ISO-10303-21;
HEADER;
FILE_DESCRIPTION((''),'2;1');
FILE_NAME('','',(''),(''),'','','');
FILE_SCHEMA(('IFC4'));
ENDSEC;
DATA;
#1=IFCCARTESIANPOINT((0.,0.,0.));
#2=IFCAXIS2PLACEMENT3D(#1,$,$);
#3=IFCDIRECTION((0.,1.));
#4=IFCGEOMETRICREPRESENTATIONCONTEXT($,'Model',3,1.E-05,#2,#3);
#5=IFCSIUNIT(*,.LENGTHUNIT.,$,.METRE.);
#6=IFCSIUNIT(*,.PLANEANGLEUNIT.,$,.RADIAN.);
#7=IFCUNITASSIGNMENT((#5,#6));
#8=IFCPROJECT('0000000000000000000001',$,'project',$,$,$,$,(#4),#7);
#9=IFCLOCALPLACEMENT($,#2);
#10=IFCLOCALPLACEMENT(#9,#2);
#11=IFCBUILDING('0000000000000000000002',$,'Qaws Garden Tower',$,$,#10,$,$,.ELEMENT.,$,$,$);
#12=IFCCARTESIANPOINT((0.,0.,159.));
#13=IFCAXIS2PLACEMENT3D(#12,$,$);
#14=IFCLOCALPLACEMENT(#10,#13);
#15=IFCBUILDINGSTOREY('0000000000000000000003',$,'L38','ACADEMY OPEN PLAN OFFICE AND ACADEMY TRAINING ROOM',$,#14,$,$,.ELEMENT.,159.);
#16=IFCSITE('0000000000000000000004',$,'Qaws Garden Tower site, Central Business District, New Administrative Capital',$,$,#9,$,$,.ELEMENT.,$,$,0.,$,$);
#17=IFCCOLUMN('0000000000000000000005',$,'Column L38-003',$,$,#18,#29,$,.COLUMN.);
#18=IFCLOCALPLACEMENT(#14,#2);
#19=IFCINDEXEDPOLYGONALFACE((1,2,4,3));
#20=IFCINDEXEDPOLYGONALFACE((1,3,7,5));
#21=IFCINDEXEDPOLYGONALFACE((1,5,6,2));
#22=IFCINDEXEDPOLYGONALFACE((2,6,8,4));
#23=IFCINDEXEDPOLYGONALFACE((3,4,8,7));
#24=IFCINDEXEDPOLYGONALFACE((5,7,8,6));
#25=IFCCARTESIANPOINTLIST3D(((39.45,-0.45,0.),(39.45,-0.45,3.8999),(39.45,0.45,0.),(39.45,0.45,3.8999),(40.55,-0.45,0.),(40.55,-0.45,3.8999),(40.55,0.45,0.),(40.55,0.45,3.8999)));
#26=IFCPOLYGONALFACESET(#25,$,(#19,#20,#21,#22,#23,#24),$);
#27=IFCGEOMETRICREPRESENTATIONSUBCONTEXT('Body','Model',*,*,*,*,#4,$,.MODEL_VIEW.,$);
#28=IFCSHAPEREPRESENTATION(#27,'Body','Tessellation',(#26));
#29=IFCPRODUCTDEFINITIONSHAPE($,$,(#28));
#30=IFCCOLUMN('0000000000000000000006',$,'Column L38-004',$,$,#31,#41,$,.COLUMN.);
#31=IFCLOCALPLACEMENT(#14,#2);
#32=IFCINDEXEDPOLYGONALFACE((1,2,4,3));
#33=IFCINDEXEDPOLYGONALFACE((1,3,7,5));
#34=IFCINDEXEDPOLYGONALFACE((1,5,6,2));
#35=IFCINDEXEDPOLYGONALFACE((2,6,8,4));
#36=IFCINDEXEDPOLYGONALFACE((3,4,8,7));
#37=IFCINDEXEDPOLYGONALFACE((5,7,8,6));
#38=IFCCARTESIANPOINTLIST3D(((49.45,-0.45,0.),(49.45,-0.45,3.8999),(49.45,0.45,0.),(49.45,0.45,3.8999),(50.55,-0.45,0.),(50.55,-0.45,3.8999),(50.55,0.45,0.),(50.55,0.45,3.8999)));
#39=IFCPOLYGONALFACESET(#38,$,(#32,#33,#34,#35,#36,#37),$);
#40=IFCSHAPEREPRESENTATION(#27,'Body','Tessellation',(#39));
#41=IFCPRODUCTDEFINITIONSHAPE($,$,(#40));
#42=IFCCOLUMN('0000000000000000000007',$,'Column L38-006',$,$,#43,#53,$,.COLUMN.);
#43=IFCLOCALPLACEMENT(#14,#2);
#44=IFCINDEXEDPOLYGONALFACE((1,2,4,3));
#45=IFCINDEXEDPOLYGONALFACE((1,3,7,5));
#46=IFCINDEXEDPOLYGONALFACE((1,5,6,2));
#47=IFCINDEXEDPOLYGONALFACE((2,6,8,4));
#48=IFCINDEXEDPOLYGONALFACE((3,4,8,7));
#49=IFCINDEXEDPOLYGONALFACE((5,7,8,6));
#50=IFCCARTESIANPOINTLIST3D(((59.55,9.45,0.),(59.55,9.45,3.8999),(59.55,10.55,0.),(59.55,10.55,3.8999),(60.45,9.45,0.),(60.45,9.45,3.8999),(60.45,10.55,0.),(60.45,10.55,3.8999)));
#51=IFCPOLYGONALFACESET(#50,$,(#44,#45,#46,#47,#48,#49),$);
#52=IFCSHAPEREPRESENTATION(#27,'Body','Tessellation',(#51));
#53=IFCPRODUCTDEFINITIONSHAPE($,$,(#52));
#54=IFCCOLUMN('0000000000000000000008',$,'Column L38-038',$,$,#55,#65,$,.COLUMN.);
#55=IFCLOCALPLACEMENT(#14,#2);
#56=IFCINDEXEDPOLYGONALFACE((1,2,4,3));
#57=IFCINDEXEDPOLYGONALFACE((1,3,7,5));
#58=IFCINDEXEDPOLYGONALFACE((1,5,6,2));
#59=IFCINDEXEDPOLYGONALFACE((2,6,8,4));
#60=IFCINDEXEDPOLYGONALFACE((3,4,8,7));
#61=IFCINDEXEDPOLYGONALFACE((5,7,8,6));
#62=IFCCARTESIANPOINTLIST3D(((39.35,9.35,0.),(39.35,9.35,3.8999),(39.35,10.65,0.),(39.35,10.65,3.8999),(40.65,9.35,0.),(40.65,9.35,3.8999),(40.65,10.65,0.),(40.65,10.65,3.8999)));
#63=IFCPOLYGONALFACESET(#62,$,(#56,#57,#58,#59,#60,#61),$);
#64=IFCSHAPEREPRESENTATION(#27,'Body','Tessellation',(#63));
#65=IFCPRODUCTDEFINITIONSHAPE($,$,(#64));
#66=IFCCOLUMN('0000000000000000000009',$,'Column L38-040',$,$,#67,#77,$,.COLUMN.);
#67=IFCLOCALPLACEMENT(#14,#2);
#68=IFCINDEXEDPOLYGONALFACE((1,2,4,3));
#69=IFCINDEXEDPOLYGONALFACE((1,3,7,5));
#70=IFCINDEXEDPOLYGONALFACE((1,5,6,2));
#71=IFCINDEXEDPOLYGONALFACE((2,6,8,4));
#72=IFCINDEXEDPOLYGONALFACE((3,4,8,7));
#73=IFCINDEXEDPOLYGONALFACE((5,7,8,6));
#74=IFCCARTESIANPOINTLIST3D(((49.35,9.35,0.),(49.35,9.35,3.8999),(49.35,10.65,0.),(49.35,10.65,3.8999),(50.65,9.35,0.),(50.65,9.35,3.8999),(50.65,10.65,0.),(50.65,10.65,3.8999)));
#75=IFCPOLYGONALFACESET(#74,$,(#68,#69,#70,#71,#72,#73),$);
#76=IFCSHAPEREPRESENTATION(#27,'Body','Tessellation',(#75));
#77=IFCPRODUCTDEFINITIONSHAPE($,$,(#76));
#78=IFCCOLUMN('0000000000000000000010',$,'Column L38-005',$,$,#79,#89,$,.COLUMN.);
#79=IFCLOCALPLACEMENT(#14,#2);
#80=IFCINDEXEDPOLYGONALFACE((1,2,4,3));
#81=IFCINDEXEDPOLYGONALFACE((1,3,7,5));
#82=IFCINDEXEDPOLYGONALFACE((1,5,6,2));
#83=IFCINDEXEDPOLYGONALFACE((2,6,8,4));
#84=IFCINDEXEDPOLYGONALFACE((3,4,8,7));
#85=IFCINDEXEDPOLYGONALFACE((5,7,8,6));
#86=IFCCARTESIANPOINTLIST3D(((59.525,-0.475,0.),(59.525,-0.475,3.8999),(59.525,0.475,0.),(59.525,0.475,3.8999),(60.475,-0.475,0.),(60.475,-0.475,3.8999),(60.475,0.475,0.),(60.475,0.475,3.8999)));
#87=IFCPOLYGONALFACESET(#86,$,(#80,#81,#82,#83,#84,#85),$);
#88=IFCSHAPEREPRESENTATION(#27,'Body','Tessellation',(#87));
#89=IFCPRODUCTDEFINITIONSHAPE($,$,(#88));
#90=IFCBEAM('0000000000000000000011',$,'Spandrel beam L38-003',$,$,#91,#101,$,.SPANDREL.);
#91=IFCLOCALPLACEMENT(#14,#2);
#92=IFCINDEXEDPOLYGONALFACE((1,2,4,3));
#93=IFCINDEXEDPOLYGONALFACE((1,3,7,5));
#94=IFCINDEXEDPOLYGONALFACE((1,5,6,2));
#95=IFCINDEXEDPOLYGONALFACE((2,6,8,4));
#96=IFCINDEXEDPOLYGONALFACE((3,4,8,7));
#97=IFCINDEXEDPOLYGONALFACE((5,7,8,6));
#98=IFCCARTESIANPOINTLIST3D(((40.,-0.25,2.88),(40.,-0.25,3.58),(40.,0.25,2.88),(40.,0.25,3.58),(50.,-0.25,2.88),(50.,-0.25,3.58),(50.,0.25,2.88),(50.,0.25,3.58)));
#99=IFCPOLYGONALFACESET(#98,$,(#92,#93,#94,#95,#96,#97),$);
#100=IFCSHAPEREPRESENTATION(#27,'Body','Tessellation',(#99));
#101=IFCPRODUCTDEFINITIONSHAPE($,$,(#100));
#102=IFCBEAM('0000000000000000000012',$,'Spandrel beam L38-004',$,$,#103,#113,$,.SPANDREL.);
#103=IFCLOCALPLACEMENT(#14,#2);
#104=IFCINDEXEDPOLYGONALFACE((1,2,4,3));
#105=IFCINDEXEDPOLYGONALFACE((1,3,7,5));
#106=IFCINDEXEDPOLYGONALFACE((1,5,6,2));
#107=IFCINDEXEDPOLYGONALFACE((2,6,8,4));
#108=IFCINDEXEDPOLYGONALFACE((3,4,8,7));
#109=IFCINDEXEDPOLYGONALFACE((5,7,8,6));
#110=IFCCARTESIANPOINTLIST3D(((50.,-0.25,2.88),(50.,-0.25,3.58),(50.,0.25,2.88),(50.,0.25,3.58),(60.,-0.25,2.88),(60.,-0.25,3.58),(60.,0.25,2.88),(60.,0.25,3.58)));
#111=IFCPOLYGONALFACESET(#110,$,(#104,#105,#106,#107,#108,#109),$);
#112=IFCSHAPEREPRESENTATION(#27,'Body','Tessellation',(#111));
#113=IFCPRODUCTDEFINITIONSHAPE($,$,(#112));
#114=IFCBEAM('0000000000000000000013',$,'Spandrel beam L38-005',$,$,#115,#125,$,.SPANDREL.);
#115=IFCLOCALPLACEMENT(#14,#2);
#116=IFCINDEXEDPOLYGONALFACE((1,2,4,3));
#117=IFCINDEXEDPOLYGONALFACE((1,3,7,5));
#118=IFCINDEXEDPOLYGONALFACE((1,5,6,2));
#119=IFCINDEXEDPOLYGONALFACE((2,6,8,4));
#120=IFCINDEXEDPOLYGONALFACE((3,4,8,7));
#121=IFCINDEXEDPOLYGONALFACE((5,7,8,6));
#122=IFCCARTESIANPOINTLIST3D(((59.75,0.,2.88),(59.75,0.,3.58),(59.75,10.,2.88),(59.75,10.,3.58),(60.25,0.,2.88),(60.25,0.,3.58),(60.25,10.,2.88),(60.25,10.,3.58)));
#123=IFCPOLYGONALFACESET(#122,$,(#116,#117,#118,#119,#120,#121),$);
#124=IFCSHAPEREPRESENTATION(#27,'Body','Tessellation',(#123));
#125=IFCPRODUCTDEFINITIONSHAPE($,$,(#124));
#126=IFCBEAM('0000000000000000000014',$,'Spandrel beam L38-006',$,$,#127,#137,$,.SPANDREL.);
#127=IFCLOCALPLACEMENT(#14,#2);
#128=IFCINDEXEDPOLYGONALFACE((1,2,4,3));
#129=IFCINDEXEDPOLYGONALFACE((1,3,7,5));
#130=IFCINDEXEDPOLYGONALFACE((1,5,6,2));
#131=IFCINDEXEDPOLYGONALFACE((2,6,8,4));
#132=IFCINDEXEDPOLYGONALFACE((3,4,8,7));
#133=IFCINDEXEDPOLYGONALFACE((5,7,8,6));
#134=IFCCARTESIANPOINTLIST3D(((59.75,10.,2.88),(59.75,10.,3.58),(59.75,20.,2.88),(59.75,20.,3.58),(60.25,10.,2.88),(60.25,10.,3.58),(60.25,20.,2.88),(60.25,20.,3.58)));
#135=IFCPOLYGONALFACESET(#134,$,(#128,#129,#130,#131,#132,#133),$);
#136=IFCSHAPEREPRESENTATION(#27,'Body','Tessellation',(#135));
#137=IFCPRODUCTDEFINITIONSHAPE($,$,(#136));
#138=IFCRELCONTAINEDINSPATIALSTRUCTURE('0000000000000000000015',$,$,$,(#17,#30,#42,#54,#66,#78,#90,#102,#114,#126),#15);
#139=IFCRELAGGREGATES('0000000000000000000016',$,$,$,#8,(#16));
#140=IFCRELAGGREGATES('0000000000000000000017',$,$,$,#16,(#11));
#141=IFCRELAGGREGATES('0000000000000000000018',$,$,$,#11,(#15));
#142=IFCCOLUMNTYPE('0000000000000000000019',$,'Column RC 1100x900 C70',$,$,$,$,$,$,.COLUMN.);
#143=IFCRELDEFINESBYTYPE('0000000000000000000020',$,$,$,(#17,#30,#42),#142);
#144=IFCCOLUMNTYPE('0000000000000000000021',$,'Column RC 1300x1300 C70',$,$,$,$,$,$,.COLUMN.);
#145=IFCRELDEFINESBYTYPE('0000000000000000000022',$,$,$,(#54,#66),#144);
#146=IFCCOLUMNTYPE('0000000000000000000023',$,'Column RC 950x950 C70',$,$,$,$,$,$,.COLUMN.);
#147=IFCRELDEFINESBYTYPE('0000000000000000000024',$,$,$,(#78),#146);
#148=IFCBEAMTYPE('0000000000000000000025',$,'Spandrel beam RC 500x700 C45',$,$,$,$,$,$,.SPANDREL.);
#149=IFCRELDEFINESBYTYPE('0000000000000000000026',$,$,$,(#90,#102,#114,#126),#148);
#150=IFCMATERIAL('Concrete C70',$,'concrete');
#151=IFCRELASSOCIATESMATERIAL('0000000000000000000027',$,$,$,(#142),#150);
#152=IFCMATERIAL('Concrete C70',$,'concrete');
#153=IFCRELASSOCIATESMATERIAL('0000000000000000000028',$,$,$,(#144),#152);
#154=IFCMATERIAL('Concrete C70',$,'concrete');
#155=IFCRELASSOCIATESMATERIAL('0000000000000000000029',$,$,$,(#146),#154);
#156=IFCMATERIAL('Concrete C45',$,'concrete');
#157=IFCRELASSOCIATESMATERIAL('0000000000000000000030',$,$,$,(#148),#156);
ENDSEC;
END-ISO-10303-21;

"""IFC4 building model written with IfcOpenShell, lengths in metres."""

from ifc_helpers import new_model, si_unit, direction, frame, origin, origin_2d, place, context, subcontext, project, spatial, rectangle, extrude, material, material_profile, profile_set, type_object, element, save


model = new_model("IFC4")

# Units and contexts
model_context = context("Model", 3, precision=1e-05, world=origin(), true_north=direction((0.0, 1.0)))
body_context = subcontext(model_context, "Body", "Model", "MODEL_VIEW")
ifc_project = project(units=[si_unit("LENGTHUNIT", "METRE"), si_unit("PLANEANGLEUNIT", "RADIAN")], contexts=[model_context])

# Site, building, storey
site_placement = place(None, origin())
site = spatial("IfcSite", under=ifc_project, at=site_placement, Name="Qaws Garden Tower site, Central Business District, New Administrative Capital", CompositionType="ELEMENT", RefElevation=0.0)
building_placement = place(site_placement, origin())
building = spatial("IfcBuilding", under=site, at=building_placement, Name="Qaws Garden Tower", CompositionType="ELEMENT")
storey_placement = place(building_placement, frame((0.0, 0.0, 159.0)))
storey = spatial("IfcBuildingStorey", under=building, at=storey_placement, Name="L38", Description="ACADEMY OPEN PLAN OFFICE AND ACADEMY TRAINING ROOM", CompositionType="ELEMENT", Elevation=159.0)

# Columns
ifc_material_1 = material(Name="Concrete C70", Category="concrete")
ifc_material_profile_1 = material_profile(ifc_material_1, rectangle(XDim=1.1001, YDim=0.8999, at=origin_2d()), Name="RC 1100x900")
ifc_profile_set_1 = profile_set([ifc_material_profile_1], Name="Concrete C70")
column_type_1 = type_object("IfcColumnType", Name="Column RC 1100x900 C70", PredefinedType="COLUMN", material=ifc_profile_set_1)
for number, where, z_axis, x_axis, name in (
    (1, (40.0, 0.0, 0.0), (0.0, 0.0, 1.0), (1.0, 0.0, 0.0), "Column L38-003"),
    (2, (50.0, 0.0, 0.0), (0.0, 0.0, 1.0), (1.0, 0.0, 0.0), "Column L38-004"),
    (3, (60.0, 10.0, 0.0), (0.0, 0.0, 1.0), (0.0, 1.0, 0.0), "Column L38-006"),
):
    element("IfcColumn", number, at=place(storey_placement, frame(where, z_axis=z_axis, x_axis=x_axis)), inside=storey, type_object=column_type_1, Name=name, PredefinedType="COLUMN", context=body_context, shape_type="SweptSolid", body=[
        extrude(rectangle(XDim=1.1001, YDim=0.8999, at=origin_2d()), origin(), (0.0, 0.0, 1.0), 3.8999),
    ])
ifc_material_2 = material(Name="Concrete C70", Category="concrete")
ifc_material_profile_2 = material_profile(ifc_material_2, rectangle(XDim=1.3, YDim=1.3, at=origin_2d()), Name="RC 1300x1300")
ifc_profile_set_2 = profile_set([ifc_material_profile_2], Name="Concrete C70")
column_type_2 = type_object("IfcColumnType", Name="Column RC 1300x1300 C70", PredefinedType="COLUMN", material=ifc_profile_set_2)
for number, where, z_axis, x_axis, name in (
    (4, (40.0, 10.0, 0.0), (0.0, 0.0, 1.0), (1.0, 0.0, 0.0), "Column L38-038"),
    (5, (50.0, 10.0, 0.0), (0.0, 0.0, 1.0), (1.0, 0.0, 0.0), "Column L38-040"),
):
    element("IfcColumn", number, at=place(storey_placement, frame(where, z_axis=z_axis, x_axis=x_axis)), inside=storey, type_object=column_type_2, Name=name, PredefinedType="COLUMN", context=body_context, shape_type="SweptSolid", body=[
        extrude(rectangle(XDim=1.3, YDim=1.3, at=origin_2d()), origin(), (0.0, 0.0, 1.0), 3.8999),
    ])
ifc_material_3 = material(Name="Concrete C70", Category="concrete")
ifc_material_profile_3 = material_profile(ifc_material_3, rectangle(XDim=0.95, YDim=0.95, at=origin_2d()), Name="RC 950x950")
ifc_profile_set_3 = profile_set([ifc_material_profile_3], Name="Concrete C70")
column_type_3 = type_object("IfcColumnType", Name="Column RC 950x950 C70", PredefinedType="COLUMN", material=ifc_profile_set_3)
column_placement = place(storey_placement, frame((60.0, 0.0, 0.0), z_axis=(0.0, 0.0, 1.0), x_axis=(1.0, 0.0, 0.0)))
element("IfcColumn", 6, at=column_placement, inside=storey, type_object=column_type_3, Name="Column L38-005", PredefinedType="COLUMN", context=body_context, shape_type="SweptSolid", body=[
    extrude(rectangle(XDim=0.95, YDim=0.95, at=origin_2d()), origin(), (0.0, 0.0, 1.0), 3.8999),
])

# Beams
ifc_material_4 = material(Name="Concrete C45", Category="concrete")
ifc_material_profile_4 = material_profile(ifc_material_4, rectangle(XDim=0.5, YDim=0.7, at=origin_2d()), Name="RC 500x700")
ifc_profile_set_4 = profile_set([ifc_material_profile_4], Name="Concrete C45")
beam_type = type_object("IfcBeamType", Name="Spandrel beam RC 500x700 C45", PredefinedType="SPANDREL", material=ifc_profile_set_4)
for number, where, z_axis, x_axis, name in (
    (7, (40.0, 0.0, 3.23), (1.0, 0.0, 0.0), (0.0, 1.0, 0.0), "Spandrel beam L38-003"),
    (8, (50.0, 0.0, 3.23), (1.0, 0.0, 0.0), (0.0, 1.0, 0.0), "Spandrel beam L38-004"),
    (9, (60.0, 0.0, 3.23), (0.0, 1.0, 0.0), (-1.0, 0.0, 0.0), "Spandrel beam L38-005"),
    (10, (60.0, 10.0, 3.23), (0.0, 1.0, 0.0), (-1.0, 0.0, 0.0), "Spandrel beam L38-006"),
):
    element("IfcBeam", number, at=place(storey_placement, frame(where, z_axis=z_axis, x_axis=x_axis)), inside=storey, type_object=beam_type, Name=name, PredefinedType="SPANDREL", context=body_context, shape_type="SweptSolid", body=[
        extrude(rectangle(XDim=0.5, YDim=0.7, at=origin_2d()), origin(), (0.0, 0.0, 1.0), 10.0),
    ])

save(model, "model.ifc")
